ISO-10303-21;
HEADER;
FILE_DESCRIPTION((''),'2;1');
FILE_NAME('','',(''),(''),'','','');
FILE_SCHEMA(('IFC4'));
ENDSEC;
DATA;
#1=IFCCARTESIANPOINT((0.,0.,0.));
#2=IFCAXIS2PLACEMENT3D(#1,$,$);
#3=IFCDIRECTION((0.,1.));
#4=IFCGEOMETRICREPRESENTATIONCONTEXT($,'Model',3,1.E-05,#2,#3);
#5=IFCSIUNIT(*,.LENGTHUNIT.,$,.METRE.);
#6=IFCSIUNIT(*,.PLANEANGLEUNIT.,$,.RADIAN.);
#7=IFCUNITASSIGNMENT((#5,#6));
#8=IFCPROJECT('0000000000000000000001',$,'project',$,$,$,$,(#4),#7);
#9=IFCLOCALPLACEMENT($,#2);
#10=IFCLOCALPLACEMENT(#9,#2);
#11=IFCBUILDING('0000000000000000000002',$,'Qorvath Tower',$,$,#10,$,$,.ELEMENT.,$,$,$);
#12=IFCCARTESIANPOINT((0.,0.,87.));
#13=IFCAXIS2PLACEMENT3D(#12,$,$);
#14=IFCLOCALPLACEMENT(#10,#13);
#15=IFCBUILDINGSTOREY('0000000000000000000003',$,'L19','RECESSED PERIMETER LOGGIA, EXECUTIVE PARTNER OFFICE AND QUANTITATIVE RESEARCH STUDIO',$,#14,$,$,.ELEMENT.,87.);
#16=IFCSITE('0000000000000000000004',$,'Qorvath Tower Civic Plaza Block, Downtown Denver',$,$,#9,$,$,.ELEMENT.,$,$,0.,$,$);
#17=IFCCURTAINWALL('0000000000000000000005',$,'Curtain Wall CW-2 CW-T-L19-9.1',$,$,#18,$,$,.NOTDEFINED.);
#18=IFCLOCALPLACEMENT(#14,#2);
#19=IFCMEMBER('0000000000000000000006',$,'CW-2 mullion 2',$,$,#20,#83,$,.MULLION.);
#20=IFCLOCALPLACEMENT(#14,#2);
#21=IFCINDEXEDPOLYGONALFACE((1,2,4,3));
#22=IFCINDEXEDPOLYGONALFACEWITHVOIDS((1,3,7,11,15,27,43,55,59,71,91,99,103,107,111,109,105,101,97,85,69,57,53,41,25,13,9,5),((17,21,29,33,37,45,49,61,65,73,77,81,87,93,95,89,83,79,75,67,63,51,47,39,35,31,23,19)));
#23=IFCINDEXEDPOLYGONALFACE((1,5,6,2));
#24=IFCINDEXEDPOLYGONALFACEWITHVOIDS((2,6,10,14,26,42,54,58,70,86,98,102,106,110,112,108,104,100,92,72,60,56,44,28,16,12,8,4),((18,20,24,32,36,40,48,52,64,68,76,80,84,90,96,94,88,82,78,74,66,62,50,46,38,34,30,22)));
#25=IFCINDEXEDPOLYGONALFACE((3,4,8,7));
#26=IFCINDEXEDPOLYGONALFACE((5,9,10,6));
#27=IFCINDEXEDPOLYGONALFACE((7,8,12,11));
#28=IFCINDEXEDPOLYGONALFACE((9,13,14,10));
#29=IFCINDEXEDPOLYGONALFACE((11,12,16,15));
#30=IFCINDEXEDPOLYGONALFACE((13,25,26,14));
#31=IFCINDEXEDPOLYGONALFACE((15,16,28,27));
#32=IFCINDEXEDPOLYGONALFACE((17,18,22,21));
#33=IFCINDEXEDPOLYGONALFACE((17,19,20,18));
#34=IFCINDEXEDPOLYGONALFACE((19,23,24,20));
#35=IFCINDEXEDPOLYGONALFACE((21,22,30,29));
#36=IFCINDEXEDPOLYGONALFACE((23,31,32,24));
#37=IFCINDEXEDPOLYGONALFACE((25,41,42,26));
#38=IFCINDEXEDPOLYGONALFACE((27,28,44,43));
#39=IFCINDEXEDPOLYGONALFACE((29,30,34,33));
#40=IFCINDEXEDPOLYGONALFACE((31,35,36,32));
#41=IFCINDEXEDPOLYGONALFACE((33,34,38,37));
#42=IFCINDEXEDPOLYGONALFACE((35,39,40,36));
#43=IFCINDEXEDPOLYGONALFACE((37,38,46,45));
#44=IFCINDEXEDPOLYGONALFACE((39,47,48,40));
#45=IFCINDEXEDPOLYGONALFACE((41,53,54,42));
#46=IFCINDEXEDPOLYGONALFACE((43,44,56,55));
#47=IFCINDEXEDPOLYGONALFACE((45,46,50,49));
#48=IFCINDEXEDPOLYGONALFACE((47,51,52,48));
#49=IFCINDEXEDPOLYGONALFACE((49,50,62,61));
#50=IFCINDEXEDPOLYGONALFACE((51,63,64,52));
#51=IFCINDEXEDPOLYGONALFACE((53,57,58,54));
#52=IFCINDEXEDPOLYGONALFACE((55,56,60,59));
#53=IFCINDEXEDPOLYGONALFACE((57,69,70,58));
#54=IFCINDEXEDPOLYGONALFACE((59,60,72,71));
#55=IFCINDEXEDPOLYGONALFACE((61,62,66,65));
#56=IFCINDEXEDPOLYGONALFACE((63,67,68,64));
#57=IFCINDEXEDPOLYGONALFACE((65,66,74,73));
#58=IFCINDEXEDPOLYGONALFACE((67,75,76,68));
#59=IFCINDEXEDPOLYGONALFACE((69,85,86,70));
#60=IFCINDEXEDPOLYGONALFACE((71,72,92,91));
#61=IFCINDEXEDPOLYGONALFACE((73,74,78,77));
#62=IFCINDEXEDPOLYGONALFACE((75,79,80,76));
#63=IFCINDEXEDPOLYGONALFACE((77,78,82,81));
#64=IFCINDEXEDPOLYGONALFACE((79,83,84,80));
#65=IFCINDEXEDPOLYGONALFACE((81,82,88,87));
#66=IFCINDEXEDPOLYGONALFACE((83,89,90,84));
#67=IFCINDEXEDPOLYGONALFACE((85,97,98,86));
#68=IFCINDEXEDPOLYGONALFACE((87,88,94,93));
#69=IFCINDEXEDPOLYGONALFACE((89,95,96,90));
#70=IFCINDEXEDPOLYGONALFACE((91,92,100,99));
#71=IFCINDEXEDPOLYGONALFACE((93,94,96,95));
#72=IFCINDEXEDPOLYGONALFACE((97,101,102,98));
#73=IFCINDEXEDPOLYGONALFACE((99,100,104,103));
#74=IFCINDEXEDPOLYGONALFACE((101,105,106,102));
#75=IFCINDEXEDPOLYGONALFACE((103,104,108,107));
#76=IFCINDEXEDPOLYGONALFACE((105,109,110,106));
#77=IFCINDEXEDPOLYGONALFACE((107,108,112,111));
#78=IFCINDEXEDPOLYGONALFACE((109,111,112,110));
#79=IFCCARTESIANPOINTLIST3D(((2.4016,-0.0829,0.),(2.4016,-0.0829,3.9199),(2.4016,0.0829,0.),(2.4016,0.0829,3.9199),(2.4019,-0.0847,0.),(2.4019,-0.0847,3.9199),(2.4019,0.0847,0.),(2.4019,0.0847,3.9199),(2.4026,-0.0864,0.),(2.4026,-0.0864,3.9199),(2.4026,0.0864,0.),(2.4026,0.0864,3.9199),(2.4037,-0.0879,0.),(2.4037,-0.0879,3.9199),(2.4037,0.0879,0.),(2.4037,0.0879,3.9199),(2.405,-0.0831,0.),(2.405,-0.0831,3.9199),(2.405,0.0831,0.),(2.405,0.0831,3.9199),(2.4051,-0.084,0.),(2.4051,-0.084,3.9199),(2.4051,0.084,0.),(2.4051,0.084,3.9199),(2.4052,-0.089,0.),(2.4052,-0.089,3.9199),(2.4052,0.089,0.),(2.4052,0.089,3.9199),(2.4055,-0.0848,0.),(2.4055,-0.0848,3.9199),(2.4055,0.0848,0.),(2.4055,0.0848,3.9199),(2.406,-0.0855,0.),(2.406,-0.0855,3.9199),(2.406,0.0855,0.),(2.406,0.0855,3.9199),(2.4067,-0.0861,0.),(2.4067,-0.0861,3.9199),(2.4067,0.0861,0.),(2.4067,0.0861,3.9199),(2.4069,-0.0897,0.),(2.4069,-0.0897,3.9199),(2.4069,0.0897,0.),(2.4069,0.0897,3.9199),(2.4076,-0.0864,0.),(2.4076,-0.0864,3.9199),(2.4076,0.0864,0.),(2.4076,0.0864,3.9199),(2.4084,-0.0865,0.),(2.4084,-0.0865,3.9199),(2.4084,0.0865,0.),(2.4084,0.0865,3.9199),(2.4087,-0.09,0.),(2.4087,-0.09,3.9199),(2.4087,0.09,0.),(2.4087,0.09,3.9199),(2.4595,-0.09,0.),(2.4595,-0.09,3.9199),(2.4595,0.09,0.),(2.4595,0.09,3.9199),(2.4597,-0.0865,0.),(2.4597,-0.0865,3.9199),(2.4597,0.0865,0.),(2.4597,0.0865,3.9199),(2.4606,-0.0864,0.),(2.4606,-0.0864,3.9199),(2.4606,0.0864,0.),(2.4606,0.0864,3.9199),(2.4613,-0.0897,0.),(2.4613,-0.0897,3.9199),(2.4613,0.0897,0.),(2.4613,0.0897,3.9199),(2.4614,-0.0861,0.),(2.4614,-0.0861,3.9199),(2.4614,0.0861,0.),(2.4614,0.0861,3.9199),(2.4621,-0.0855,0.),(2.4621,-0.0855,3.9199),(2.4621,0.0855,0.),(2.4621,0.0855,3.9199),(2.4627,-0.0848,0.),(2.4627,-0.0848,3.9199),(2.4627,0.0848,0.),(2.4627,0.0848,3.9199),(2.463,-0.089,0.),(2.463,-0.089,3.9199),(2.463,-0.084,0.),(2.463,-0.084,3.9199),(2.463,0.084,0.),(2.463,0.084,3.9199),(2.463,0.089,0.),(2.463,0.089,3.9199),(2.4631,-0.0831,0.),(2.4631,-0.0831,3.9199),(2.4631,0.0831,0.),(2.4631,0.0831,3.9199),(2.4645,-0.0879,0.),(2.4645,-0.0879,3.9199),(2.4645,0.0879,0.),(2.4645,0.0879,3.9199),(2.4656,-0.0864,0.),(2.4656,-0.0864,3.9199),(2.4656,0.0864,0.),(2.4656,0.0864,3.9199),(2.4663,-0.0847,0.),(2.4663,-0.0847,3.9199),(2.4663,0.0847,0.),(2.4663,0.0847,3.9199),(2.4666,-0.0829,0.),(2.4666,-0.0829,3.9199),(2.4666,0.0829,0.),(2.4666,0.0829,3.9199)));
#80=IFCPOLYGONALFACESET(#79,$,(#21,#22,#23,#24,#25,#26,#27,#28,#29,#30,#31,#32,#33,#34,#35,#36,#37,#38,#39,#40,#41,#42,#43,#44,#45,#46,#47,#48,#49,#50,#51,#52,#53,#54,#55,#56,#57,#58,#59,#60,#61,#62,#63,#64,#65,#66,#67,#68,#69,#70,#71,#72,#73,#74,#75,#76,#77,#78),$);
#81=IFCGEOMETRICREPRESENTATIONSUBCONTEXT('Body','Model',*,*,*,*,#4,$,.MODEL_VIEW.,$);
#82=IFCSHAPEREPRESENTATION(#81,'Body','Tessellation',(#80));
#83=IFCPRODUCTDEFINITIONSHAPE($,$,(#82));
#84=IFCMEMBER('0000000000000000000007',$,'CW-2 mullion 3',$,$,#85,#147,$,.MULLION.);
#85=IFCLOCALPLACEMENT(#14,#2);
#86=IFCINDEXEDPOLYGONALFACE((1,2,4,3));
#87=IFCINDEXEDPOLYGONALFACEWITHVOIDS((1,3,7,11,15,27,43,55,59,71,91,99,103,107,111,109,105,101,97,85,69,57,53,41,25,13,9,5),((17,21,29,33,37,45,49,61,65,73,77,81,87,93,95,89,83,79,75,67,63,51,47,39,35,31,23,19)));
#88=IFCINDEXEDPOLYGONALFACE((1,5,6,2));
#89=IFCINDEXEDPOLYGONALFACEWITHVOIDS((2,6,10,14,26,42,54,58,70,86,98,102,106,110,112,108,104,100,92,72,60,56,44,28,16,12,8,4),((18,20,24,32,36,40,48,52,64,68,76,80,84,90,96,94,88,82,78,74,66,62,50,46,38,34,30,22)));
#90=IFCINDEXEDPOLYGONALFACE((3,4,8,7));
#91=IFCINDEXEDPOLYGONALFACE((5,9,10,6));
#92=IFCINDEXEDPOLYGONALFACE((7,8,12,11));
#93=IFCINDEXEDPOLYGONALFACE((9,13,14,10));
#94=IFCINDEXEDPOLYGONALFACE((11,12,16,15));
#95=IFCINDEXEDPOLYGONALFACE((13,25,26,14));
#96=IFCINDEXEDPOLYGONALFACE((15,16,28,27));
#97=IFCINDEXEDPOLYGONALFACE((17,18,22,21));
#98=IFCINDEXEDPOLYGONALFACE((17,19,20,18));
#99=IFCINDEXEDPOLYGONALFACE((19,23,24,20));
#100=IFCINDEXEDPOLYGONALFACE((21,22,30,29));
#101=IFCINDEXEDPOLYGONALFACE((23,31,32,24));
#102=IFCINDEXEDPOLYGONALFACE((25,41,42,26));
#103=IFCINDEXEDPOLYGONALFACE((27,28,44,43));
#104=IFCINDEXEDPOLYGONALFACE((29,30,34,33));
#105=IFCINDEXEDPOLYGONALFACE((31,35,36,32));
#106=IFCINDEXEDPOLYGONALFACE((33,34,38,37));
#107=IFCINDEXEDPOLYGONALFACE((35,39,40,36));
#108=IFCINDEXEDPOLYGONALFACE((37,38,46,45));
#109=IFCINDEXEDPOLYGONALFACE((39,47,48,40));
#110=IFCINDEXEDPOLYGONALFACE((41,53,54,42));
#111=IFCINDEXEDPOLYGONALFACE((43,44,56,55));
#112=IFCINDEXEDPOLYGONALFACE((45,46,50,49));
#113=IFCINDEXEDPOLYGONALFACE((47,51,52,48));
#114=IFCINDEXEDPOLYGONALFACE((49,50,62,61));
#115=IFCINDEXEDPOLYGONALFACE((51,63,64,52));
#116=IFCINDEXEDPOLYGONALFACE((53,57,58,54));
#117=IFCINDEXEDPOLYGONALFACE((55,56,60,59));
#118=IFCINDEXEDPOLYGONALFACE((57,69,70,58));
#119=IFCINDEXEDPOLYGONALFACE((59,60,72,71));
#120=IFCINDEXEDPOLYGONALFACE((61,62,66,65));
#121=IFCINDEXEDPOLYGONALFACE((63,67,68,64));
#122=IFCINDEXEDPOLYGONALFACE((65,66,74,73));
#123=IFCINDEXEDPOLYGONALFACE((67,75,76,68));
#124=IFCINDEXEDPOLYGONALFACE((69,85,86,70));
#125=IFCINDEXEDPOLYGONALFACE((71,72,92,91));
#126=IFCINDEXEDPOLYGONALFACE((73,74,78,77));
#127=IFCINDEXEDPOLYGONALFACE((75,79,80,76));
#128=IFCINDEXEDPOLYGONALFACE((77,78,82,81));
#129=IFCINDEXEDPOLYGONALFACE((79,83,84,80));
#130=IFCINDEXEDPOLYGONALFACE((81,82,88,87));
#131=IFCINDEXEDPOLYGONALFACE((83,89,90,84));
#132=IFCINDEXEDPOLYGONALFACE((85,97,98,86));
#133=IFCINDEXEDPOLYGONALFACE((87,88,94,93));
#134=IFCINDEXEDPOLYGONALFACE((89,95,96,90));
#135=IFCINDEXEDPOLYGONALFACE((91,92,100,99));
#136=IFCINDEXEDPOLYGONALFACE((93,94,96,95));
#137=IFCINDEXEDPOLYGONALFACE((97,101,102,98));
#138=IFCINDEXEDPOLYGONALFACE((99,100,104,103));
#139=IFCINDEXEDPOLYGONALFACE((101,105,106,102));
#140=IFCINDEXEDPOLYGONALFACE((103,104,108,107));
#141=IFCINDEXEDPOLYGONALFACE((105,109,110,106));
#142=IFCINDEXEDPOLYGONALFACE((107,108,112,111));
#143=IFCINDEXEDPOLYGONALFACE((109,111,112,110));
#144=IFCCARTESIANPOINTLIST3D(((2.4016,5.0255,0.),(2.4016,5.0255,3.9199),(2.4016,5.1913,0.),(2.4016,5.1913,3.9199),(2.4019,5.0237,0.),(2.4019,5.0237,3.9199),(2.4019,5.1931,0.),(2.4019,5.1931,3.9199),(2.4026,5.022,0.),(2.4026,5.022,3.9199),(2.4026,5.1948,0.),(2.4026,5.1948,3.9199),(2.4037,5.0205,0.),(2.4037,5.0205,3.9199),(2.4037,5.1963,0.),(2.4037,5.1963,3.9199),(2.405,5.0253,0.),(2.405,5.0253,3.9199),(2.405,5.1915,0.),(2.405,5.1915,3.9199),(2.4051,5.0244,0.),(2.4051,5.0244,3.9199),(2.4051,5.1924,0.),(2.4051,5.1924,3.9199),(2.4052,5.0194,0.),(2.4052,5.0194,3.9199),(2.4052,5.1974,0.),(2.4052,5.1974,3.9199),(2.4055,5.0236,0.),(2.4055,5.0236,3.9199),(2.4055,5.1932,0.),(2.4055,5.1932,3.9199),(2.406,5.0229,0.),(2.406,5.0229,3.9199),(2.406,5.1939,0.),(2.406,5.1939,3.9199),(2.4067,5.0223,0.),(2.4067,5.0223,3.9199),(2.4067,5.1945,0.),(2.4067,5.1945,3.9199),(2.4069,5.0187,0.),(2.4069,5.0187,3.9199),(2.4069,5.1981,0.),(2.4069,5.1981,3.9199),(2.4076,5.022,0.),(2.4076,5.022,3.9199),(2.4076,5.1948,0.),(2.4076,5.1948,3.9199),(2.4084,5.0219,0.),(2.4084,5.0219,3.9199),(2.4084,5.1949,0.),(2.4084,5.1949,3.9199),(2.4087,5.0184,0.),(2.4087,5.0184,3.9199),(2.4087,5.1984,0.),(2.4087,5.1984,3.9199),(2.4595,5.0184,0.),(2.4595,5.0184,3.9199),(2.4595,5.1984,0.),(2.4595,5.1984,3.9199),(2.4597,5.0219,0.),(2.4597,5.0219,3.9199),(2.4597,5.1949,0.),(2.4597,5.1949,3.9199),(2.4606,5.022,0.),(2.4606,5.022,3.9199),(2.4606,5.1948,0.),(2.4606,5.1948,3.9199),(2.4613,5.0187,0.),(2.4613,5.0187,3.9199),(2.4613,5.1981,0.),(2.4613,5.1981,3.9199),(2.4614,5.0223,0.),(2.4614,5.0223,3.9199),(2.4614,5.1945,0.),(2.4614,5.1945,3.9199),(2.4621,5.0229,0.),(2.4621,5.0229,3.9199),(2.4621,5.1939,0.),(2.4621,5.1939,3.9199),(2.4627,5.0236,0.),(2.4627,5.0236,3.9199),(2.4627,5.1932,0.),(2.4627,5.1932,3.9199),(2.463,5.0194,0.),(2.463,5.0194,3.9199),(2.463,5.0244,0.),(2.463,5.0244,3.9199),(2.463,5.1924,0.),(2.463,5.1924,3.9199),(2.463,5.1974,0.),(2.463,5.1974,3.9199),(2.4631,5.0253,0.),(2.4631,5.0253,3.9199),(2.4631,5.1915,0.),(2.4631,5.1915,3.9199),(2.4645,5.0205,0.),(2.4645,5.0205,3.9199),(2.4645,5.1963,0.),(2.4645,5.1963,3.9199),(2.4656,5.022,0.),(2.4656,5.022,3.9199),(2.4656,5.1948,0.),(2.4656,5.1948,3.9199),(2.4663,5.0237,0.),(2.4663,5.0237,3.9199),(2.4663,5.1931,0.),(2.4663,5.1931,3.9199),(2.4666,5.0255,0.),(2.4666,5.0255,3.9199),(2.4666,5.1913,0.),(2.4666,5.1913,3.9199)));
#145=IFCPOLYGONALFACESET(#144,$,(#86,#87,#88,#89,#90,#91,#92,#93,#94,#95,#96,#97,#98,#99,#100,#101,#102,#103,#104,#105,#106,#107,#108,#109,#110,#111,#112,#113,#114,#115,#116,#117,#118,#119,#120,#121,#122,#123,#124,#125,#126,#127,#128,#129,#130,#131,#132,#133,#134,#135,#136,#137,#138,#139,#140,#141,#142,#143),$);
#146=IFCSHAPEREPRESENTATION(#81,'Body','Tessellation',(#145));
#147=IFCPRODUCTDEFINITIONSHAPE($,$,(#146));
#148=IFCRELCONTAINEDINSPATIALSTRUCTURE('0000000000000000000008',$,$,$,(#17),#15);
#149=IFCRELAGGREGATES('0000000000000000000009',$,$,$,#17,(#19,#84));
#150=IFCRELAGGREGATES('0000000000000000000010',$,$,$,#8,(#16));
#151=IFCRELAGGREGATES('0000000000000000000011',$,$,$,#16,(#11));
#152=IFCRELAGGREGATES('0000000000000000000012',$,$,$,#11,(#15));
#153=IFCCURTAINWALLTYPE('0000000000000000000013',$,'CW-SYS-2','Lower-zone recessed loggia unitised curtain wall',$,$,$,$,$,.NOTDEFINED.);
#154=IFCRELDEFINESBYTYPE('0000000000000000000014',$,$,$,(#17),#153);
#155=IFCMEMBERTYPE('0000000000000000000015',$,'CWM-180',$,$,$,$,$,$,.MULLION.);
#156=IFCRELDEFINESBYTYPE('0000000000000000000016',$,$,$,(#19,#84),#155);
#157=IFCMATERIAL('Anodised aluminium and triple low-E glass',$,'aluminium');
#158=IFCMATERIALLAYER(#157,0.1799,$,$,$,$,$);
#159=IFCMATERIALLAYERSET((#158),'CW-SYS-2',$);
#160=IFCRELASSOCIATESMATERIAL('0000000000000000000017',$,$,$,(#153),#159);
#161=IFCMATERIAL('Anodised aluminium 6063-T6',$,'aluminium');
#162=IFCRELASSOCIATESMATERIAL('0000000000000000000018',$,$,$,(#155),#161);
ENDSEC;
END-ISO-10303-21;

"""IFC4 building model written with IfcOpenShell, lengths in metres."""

from ifc_helpers import new_model, si_unit, direction, frame, origin, origin_2d, place, context, subcontext, project, spatial, hollow_rectangle, extrude, material, layer, layer_set, material_profile, profile_set, type_object, element, aggregate, save


model = new_model("IFC4")

# Units and contexts
model_context = context("Model", 3, precision=1e-05, world=origin(), true_north=direction((0.0, 1.0)))
body_context = subcontext(model_context, "Body", "Model", "MODEL_VIEW")
ifc_project = project(units=[si_unit("LENGTHUNIT", "METRE"), si_unit("PLANEANGLEUNIT", "RADIAN")], contexts=[model_context])

# Site, building, storey
site_placement = place(None, origin())
site = spatial("IfcSite", under=ifc_project, at=site_placement, Name="Qorvath Tower Civic Plaza Block, Downtown Denver", CompositionType="ELEMENT", RefElevation=0.0)
building_placement = place(site_placement, origin())
building = spatial("IfcBuilding", under=site, at=building_placement, Name="Qorvath Tower", CompositionType="ELEMENT")
storey_placement = place(building_placement, frame((0.0, 0.0, 87.0)))
storey = spatial("IfcBuildingStorey", under=building, at=storey_placement, Name="L19", Description="RECESSED PERIMETER LOGGIA, EXECUTIVE PARTNER OFFICE AND QUANTITATIVE RESEARCH STUDIO", CompositionType="ELEMENT", Elevation=87.0)

# Curtain wall, members
ifc_material_1 = material(Name="Anodised aluminium and triple low-E glass", Category="aluminium")
ifc_layer_1 = layer(ifc_material_1, 0.1799)
ifc_layer_set_1 = layer_set([ifc_layer_1], Name="CW-SYS-2")
curtain_wall_type = type_object("IfcCurtainWallType", Name="CW-SYS-2", Description="Lower-zone recessed loggia unitised curtain wall", PredefinedType="NOTDEFINED", material=ifc_layer_set_1)
curtain_wall_1_placement = place(storey_placement, origin())
curtain_wall_1 = element("IfcCurtainWall", 1, at=curtain_wall_1_placement, inside=storey, type_object=curtain_wall_type, Name="Curtain Wall CW-2 CW-T-L19-9.1", PredefinedType="NOTDEFINED")
ifc_material_2 = material(Name="Anodised aluminium 6063-T6", Category="aluminium")
ifc_material_profile_1 = material_profile(ifc_material_2, hollow_rectangle(XDim=0.0649, YDim=0.1799, WallThickness=0.0034, InnerFilletRadius=0.0034, OuterFilletRadius=0.0071, at=origin_2d()), Name="CWM 180x65")
ifc_profile_set_1 = profile_set([ifc_material_profile_1], Name="Anodised aluminium 6063-T6")
member_type_1 = type_object("IfcMemberType", Name="CWM-180", PredefinedType="MULLION", material=ifc_profile_set_1)
member_1_placement = place(storey_placement, frame((2.4341, 0.0, 0.0), z_axis=(0.0, 0.0, 1.0), x_axis=(-1.0, 0.0, 0.0)))
member_1 = element("IfcMember", 2, at=member_1_placement, type_object=member_type_1, Name="CW-2 mullion 2", PredefinedType="MULLION", context=body_context, shape_type="SweptSolid", body=[
    extrude(hollow_rectangle(XDim=0.0649, YDim=0.1799, WallThickness=0.0034, InnerFilletRadius=0.0034, OuterFilletRadius=0.0071, at=origin_2d()), origin(), (0.0, 0.0, 1.0), 3.9199),
])
member_2_placement = place(storey_placement, frame((2.4341, 5.1084, 0.0), z_axis=(0.0, 0.0, 1.0), x_axis=(-1.0, 0.0, 0.0)))
member_2 = element("IfcMember", 3, at=member_2_placement, type_object=member_type_1, Name="CW-2 mullion 3", PredefinedType="MULLION", context=body_context, shape_type="SweptSolid", body=[
    extrude(hollow_rectangle(XDim=0.0649, YDim=0.1799, WallThickness=0.0034, InnerFilletRadius=0.0034, OuterFilletRadius=0.0071, at=origin_2d()), origin(), (0.0, 0.0, 1.0), 3.9199),
])

aggregate(curtain_wall_1, [member_1, member_2])

save(model, "model.ifc")
